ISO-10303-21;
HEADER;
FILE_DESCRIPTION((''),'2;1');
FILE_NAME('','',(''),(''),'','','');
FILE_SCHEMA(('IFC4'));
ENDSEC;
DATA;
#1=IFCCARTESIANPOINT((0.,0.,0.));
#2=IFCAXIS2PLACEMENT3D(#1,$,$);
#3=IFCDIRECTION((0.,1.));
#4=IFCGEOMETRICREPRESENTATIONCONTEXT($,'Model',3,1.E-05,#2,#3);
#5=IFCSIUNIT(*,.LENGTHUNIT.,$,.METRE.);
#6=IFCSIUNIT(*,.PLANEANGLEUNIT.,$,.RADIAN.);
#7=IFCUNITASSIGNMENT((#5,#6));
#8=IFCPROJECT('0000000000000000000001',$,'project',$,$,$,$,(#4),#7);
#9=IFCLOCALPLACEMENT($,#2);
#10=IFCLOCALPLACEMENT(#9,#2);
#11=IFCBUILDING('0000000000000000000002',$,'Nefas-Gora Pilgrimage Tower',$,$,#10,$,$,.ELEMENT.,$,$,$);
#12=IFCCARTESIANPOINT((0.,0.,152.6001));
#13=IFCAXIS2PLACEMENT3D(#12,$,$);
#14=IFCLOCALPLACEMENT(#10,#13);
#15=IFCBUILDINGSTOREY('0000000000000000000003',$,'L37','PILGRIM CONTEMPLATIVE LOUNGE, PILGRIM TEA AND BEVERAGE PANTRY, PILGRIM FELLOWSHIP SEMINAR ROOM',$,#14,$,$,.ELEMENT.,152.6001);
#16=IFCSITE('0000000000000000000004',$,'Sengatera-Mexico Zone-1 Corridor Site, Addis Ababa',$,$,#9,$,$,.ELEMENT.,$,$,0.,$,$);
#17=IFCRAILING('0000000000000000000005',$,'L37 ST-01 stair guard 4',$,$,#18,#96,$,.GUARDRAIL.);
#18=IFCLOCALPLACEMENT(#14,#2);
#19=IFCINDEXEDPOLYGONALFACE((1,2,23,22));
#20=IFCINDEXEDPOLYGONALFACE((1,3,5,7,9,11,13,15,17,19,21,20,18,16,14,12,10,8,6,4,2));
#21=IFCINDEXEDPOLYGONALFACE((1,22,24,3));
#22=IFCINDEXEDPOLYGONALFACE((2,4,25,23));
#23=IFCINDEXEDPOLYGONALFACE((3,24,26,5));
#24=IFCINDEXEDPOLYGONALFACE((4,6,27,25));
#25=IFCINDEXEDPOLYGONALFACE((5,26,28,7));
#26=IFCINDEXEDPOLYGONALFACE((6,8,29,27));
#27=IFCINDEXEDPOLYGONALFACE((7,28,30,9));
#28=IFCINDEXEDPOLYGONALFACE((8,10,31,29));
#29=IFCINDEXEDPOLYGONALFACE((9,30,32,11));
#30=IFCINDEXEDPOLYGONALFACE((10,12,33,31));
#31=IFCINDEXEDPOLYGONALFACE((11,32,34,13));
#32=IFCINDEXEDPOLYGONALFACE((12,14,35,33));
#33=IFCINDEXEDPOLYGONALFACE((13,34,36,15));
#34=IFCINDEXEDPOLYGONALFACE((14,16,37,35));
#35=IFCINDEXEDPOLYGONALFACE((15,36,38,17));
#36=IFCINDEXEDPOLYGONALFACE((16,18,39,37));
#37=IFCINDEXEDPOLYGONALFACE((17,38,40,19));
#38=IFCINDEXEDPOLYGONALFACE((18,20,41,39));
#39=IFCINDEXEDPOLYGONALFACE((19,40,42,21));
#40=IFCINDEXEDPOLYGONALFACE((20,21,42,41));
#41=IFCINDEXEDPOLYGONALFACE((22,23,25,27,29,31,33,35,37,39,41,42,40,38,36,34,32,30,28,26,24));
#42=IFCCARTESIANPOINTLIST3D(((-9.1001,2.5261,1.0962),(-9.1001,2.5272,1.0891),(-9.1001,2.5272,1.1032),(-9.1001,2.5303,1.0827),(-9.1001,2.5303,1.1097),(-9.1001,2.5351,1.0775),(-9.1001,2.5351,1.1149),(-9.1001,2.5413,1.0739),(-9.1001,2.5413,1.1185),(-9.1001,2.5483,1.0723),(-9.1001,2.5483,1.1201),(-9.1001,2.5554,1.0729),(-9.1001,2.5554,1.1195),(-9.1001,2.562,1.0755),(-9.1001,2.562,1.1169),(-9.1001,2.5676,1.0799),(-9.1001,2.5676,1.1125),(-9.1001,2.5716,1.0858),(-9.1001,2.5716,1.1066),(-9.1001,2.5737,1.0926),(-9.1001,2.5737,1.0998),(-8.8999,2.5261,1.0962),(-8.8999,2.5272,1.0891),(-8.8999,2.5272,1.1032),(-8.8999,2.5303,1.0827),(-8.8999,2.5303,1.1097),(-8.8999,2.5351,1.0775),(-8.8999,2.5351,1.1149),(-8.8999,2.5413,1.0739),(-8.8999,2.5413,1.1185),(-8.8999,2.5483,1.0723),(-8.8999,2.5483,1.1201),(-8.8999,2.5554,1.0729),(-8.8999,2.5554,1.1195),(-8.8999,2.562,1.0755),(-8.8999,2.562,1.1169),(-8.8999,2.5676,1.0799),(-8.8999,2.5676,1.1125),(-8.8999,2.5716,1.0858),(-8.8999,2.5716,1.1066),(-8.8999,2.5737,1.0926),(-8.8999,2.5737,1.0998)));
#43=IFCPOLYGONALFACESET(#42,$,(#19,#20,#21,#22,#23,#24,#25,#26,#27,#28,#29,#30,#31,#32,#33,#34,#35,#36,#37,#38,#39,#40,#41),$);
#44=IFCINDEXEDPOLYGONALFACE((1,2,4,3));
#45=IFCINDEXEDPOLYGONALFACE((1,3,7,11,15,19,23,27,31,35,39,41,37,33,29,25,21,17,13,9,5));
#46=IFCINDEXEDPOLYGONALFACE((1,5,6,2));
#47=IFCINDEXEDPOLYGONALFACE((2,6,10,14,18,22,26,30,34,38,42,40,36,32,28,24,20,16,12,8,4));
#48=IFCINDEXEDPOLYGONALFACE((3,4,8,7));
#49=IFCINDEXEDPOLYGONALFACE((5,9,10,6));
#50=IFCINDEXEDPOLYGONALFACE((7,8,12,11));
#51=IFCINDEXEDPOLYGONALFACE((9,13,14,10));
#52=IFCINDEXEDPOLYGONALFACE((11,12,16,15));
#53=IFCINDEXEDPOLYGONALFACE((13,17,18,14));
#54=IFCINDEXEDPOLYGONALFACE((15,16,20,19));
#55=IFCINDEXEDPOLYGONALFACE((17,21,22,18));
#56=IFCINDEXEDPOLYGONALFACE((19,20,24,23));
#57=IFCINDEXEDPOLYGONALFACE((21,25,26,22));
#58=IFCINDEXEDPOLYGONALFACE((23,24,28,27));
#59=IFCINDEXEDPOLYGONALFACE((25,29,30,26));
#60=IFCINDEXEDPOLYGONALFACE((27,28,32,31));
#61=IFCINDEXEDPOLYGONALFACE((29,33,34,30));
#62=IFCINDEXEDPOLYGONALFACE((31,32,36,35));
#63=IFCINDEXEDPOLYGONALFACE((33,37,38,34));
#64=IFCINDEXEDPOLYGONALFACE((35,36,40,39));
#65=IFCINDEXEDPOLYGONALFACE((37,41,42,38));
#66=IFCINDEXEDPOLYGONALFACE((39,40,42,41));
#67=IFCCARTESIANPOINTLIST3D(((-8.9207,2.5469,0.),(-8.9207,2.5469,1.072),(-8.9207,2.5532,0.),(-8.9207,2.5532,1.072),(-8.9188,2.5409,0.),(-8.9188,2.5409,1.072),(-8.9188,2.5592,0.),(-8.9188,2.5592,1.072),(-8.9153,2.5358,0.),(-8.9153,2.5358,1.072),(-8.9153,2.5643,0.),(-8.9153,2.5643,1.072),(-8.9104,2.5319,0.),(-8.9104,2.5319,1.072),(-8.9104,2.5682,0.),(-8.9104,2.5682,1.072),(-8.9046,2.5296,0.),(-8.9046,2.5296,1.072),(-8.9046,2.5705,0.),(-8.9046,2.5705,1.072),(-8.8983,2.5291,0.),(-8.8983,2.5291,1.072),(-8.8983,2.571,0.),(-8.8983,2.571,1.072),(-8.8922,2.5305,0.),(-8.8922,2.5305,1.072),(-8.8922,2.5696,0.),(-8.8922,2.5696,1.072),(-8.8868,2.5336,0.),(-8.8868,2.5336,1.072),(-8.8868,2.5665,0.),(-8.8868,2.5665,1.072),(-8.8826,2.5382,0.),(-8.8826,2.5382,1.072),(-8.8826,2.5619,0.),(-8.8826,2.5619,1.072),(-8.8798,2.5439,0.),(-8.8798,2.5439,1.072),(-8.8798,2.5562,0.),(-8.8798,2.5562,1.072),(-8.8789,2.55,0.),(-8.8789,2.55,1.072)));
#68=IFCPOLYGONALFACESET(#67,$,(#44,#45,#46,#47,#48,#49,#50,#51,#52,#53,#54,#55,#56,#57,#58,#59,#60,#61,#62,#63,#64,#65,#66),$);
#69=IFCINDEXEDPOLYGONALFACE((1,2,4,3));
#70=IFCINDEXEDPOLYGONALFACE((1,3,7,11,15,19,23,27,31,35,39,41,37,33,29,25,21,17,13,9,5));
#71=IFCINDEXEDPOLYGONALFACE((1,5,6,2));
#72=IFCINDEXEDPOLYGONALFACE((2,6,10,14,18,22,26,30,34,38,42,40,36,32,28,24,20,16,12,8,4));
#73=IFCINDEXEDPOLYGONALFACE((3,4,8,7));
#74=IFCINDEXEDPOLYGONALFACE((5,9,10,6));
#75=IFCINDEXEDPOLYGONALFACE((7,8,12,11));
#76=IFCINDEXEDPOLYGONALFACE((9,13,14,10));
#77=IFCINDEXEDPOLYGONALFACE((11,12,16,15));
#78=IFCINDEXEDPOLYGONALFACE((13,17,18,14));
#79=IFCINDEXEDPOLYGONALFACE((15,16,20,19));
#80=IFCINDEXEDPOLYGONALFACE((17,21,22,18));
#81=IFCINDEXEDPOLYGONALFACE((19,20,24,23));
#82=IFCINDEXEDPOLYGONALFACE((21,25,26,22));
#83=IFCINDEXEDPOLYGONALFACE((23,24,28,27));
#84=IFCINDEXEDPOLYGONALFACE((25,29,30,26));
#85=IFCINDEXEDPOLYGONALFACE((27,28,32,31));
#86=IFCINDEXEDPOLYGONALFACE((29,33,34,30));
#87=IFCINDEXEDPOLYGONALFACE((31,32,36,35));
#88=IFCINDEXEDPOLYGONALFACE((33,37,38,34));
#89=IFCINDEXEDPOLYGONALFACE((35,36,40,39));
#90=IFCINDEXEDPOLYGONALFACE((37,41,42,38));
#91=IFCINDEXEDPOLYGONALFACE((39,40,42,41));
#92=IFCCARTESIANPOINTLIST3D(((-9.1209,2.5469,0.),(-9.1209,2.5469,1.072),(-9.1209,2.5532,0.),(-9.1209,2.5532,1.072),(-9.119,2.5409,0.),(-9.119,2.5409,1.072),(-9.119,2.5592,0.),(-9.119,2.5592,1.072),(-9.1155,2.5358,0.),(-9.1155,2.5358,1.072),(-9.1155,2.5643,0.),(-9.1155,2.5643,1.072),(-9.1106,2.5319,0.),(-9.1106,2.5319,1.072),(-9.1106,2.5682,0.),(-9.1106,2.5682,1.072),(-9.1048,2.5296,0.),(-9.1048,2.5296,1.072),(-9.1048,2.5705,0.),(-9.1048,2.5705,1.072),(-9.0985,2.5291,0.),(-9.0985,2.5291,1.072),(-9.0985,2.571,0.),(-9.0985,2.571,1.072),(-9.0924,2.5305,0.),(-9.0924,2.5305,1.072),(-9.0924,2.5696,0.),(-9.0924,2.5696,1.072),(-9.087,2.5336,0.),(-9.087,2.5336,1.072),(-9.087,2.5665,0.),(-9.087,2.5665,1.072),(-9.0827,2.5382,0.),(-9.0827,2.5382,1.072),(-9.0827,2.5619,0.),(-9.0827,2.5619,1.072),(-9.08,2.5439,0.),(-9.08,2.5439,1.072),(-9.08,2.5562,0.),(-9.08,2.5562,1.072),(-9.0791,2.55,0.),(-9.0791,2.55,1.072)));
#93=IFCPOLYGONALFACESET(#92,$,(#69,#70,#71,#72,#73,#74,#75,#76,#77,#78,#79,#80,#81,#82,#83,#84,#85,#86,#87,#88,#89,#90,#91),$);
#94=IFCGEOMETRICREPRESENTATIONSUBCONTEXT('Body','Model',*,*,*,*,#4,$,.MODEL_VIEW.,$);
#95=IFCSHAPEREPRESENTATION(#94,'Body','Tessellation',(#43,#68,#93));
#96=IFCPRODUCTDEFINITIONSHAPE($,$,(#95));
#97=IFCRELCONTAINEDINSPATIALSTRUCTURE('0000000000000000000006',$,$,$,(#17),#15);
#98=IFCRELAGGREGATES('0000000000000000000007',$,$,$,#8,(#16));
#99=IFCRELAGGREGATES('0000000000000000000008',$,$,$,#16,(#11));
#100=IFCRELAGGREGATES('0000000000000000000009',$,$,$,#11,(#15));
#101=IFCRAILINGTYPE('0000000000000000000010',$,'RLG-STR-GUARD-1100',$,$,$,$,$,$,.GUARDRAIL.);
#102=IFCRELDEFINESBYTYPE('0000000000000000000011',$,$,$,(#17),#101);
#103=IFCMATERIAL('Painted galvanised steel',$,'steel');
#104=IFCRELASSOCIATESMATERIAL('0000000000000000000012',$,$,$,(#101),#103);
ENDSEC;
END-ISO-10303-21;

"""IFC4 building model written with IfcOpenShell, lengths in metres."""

from ifc_helpers import new_model, si_unit, direction, frame, origin, origin_2d, place, context, subcontext, project, spatial, circle, extrude, material, type_object, element, save


model = new_model("IFC4")

# Units and contexts
model_context = context("Model", 3, precision=1e-05, world=origin(), true_north=direction((0.0, 1.0)))
body_context = subcontext(model_context, "Body", "Model", "MODEL_VIEW")
ifc_project = project(units=[si_unit("LENGTHUNIT", "METRE"), si_unit("PLANEANGLEUNIT", "RADIAN")], contexts=[model_context])

# Site, building, storey
site_placement = place(None, origin())
site = spatial("IfcSite", under=ifc_project, at=site_placement, Name="Sengatera-Mexico Zone-1 Corridor Site, Addis Ababa", CompositionType="ELEMENT", RefElevation=0.0)
building_placement = place(site_placement, origin())
building = spatial("IfcBuilding", under=site, at=building_placement, Name="Nefas-Gora Pilgrimage Tower", CompositionType="ELEMENT")
storey_placement = place(building_placement, frame((0.0, 0.0, 152.6001)))
storey = spatial("IfcBuildingStorey", under=building, at=storey_placement, Name="L37", Description="PILGRIM CONTEMPLATIVE LOUNGE, PILGRIM TEA AND BEVERAGE PANTRY, PILGRIM FELLOWSHIP SEMINAR ROOM", CompositionType="ELEMENT", Elevation=152.6001)

# Railing
ifc_material_1 = material(Name="Painted galvanised steel", Category="steel")
railing_type_1 = type_object("IfcRailingType", Name="RLG-STR-GUARD-1100", PredefinedType="GUARDRAIL", material=ifc_material_1)
railing_1_placement = place(storey_placement, frame((-8.8999, 2.55, 0.0)))
element("IfcRailing", 1, at=railing_1_placement, inside=storey, type_object=railing_type_1, Name="L37 ST-01 stair guard 4", PredefinedType="GUARDRAIL", context=body_context, shape_type="SweptSolid", body=[
    extrude(circle(Radius=0.0239, at=origin_2d()), frame((0.0, 0.0, 1.0962), z_axis=(-1.0, 0.0, 0.0), x_axis=(0.0, -1.0, 0.0)), (0.0, 0.0, 1.0), 0.2002),
    extrude(circle(Radius=0.021, at=origin_2d()), origin(), (0.0, 0.0, 1.0), 1.072),
    extrude(circle(Radius=0.021, at=origin_2d()), frame((-0.2002, 0.0, 0.0)), (0.0, 0.0, 1.0), 1.072),
])

save(model, "model.ifc")
